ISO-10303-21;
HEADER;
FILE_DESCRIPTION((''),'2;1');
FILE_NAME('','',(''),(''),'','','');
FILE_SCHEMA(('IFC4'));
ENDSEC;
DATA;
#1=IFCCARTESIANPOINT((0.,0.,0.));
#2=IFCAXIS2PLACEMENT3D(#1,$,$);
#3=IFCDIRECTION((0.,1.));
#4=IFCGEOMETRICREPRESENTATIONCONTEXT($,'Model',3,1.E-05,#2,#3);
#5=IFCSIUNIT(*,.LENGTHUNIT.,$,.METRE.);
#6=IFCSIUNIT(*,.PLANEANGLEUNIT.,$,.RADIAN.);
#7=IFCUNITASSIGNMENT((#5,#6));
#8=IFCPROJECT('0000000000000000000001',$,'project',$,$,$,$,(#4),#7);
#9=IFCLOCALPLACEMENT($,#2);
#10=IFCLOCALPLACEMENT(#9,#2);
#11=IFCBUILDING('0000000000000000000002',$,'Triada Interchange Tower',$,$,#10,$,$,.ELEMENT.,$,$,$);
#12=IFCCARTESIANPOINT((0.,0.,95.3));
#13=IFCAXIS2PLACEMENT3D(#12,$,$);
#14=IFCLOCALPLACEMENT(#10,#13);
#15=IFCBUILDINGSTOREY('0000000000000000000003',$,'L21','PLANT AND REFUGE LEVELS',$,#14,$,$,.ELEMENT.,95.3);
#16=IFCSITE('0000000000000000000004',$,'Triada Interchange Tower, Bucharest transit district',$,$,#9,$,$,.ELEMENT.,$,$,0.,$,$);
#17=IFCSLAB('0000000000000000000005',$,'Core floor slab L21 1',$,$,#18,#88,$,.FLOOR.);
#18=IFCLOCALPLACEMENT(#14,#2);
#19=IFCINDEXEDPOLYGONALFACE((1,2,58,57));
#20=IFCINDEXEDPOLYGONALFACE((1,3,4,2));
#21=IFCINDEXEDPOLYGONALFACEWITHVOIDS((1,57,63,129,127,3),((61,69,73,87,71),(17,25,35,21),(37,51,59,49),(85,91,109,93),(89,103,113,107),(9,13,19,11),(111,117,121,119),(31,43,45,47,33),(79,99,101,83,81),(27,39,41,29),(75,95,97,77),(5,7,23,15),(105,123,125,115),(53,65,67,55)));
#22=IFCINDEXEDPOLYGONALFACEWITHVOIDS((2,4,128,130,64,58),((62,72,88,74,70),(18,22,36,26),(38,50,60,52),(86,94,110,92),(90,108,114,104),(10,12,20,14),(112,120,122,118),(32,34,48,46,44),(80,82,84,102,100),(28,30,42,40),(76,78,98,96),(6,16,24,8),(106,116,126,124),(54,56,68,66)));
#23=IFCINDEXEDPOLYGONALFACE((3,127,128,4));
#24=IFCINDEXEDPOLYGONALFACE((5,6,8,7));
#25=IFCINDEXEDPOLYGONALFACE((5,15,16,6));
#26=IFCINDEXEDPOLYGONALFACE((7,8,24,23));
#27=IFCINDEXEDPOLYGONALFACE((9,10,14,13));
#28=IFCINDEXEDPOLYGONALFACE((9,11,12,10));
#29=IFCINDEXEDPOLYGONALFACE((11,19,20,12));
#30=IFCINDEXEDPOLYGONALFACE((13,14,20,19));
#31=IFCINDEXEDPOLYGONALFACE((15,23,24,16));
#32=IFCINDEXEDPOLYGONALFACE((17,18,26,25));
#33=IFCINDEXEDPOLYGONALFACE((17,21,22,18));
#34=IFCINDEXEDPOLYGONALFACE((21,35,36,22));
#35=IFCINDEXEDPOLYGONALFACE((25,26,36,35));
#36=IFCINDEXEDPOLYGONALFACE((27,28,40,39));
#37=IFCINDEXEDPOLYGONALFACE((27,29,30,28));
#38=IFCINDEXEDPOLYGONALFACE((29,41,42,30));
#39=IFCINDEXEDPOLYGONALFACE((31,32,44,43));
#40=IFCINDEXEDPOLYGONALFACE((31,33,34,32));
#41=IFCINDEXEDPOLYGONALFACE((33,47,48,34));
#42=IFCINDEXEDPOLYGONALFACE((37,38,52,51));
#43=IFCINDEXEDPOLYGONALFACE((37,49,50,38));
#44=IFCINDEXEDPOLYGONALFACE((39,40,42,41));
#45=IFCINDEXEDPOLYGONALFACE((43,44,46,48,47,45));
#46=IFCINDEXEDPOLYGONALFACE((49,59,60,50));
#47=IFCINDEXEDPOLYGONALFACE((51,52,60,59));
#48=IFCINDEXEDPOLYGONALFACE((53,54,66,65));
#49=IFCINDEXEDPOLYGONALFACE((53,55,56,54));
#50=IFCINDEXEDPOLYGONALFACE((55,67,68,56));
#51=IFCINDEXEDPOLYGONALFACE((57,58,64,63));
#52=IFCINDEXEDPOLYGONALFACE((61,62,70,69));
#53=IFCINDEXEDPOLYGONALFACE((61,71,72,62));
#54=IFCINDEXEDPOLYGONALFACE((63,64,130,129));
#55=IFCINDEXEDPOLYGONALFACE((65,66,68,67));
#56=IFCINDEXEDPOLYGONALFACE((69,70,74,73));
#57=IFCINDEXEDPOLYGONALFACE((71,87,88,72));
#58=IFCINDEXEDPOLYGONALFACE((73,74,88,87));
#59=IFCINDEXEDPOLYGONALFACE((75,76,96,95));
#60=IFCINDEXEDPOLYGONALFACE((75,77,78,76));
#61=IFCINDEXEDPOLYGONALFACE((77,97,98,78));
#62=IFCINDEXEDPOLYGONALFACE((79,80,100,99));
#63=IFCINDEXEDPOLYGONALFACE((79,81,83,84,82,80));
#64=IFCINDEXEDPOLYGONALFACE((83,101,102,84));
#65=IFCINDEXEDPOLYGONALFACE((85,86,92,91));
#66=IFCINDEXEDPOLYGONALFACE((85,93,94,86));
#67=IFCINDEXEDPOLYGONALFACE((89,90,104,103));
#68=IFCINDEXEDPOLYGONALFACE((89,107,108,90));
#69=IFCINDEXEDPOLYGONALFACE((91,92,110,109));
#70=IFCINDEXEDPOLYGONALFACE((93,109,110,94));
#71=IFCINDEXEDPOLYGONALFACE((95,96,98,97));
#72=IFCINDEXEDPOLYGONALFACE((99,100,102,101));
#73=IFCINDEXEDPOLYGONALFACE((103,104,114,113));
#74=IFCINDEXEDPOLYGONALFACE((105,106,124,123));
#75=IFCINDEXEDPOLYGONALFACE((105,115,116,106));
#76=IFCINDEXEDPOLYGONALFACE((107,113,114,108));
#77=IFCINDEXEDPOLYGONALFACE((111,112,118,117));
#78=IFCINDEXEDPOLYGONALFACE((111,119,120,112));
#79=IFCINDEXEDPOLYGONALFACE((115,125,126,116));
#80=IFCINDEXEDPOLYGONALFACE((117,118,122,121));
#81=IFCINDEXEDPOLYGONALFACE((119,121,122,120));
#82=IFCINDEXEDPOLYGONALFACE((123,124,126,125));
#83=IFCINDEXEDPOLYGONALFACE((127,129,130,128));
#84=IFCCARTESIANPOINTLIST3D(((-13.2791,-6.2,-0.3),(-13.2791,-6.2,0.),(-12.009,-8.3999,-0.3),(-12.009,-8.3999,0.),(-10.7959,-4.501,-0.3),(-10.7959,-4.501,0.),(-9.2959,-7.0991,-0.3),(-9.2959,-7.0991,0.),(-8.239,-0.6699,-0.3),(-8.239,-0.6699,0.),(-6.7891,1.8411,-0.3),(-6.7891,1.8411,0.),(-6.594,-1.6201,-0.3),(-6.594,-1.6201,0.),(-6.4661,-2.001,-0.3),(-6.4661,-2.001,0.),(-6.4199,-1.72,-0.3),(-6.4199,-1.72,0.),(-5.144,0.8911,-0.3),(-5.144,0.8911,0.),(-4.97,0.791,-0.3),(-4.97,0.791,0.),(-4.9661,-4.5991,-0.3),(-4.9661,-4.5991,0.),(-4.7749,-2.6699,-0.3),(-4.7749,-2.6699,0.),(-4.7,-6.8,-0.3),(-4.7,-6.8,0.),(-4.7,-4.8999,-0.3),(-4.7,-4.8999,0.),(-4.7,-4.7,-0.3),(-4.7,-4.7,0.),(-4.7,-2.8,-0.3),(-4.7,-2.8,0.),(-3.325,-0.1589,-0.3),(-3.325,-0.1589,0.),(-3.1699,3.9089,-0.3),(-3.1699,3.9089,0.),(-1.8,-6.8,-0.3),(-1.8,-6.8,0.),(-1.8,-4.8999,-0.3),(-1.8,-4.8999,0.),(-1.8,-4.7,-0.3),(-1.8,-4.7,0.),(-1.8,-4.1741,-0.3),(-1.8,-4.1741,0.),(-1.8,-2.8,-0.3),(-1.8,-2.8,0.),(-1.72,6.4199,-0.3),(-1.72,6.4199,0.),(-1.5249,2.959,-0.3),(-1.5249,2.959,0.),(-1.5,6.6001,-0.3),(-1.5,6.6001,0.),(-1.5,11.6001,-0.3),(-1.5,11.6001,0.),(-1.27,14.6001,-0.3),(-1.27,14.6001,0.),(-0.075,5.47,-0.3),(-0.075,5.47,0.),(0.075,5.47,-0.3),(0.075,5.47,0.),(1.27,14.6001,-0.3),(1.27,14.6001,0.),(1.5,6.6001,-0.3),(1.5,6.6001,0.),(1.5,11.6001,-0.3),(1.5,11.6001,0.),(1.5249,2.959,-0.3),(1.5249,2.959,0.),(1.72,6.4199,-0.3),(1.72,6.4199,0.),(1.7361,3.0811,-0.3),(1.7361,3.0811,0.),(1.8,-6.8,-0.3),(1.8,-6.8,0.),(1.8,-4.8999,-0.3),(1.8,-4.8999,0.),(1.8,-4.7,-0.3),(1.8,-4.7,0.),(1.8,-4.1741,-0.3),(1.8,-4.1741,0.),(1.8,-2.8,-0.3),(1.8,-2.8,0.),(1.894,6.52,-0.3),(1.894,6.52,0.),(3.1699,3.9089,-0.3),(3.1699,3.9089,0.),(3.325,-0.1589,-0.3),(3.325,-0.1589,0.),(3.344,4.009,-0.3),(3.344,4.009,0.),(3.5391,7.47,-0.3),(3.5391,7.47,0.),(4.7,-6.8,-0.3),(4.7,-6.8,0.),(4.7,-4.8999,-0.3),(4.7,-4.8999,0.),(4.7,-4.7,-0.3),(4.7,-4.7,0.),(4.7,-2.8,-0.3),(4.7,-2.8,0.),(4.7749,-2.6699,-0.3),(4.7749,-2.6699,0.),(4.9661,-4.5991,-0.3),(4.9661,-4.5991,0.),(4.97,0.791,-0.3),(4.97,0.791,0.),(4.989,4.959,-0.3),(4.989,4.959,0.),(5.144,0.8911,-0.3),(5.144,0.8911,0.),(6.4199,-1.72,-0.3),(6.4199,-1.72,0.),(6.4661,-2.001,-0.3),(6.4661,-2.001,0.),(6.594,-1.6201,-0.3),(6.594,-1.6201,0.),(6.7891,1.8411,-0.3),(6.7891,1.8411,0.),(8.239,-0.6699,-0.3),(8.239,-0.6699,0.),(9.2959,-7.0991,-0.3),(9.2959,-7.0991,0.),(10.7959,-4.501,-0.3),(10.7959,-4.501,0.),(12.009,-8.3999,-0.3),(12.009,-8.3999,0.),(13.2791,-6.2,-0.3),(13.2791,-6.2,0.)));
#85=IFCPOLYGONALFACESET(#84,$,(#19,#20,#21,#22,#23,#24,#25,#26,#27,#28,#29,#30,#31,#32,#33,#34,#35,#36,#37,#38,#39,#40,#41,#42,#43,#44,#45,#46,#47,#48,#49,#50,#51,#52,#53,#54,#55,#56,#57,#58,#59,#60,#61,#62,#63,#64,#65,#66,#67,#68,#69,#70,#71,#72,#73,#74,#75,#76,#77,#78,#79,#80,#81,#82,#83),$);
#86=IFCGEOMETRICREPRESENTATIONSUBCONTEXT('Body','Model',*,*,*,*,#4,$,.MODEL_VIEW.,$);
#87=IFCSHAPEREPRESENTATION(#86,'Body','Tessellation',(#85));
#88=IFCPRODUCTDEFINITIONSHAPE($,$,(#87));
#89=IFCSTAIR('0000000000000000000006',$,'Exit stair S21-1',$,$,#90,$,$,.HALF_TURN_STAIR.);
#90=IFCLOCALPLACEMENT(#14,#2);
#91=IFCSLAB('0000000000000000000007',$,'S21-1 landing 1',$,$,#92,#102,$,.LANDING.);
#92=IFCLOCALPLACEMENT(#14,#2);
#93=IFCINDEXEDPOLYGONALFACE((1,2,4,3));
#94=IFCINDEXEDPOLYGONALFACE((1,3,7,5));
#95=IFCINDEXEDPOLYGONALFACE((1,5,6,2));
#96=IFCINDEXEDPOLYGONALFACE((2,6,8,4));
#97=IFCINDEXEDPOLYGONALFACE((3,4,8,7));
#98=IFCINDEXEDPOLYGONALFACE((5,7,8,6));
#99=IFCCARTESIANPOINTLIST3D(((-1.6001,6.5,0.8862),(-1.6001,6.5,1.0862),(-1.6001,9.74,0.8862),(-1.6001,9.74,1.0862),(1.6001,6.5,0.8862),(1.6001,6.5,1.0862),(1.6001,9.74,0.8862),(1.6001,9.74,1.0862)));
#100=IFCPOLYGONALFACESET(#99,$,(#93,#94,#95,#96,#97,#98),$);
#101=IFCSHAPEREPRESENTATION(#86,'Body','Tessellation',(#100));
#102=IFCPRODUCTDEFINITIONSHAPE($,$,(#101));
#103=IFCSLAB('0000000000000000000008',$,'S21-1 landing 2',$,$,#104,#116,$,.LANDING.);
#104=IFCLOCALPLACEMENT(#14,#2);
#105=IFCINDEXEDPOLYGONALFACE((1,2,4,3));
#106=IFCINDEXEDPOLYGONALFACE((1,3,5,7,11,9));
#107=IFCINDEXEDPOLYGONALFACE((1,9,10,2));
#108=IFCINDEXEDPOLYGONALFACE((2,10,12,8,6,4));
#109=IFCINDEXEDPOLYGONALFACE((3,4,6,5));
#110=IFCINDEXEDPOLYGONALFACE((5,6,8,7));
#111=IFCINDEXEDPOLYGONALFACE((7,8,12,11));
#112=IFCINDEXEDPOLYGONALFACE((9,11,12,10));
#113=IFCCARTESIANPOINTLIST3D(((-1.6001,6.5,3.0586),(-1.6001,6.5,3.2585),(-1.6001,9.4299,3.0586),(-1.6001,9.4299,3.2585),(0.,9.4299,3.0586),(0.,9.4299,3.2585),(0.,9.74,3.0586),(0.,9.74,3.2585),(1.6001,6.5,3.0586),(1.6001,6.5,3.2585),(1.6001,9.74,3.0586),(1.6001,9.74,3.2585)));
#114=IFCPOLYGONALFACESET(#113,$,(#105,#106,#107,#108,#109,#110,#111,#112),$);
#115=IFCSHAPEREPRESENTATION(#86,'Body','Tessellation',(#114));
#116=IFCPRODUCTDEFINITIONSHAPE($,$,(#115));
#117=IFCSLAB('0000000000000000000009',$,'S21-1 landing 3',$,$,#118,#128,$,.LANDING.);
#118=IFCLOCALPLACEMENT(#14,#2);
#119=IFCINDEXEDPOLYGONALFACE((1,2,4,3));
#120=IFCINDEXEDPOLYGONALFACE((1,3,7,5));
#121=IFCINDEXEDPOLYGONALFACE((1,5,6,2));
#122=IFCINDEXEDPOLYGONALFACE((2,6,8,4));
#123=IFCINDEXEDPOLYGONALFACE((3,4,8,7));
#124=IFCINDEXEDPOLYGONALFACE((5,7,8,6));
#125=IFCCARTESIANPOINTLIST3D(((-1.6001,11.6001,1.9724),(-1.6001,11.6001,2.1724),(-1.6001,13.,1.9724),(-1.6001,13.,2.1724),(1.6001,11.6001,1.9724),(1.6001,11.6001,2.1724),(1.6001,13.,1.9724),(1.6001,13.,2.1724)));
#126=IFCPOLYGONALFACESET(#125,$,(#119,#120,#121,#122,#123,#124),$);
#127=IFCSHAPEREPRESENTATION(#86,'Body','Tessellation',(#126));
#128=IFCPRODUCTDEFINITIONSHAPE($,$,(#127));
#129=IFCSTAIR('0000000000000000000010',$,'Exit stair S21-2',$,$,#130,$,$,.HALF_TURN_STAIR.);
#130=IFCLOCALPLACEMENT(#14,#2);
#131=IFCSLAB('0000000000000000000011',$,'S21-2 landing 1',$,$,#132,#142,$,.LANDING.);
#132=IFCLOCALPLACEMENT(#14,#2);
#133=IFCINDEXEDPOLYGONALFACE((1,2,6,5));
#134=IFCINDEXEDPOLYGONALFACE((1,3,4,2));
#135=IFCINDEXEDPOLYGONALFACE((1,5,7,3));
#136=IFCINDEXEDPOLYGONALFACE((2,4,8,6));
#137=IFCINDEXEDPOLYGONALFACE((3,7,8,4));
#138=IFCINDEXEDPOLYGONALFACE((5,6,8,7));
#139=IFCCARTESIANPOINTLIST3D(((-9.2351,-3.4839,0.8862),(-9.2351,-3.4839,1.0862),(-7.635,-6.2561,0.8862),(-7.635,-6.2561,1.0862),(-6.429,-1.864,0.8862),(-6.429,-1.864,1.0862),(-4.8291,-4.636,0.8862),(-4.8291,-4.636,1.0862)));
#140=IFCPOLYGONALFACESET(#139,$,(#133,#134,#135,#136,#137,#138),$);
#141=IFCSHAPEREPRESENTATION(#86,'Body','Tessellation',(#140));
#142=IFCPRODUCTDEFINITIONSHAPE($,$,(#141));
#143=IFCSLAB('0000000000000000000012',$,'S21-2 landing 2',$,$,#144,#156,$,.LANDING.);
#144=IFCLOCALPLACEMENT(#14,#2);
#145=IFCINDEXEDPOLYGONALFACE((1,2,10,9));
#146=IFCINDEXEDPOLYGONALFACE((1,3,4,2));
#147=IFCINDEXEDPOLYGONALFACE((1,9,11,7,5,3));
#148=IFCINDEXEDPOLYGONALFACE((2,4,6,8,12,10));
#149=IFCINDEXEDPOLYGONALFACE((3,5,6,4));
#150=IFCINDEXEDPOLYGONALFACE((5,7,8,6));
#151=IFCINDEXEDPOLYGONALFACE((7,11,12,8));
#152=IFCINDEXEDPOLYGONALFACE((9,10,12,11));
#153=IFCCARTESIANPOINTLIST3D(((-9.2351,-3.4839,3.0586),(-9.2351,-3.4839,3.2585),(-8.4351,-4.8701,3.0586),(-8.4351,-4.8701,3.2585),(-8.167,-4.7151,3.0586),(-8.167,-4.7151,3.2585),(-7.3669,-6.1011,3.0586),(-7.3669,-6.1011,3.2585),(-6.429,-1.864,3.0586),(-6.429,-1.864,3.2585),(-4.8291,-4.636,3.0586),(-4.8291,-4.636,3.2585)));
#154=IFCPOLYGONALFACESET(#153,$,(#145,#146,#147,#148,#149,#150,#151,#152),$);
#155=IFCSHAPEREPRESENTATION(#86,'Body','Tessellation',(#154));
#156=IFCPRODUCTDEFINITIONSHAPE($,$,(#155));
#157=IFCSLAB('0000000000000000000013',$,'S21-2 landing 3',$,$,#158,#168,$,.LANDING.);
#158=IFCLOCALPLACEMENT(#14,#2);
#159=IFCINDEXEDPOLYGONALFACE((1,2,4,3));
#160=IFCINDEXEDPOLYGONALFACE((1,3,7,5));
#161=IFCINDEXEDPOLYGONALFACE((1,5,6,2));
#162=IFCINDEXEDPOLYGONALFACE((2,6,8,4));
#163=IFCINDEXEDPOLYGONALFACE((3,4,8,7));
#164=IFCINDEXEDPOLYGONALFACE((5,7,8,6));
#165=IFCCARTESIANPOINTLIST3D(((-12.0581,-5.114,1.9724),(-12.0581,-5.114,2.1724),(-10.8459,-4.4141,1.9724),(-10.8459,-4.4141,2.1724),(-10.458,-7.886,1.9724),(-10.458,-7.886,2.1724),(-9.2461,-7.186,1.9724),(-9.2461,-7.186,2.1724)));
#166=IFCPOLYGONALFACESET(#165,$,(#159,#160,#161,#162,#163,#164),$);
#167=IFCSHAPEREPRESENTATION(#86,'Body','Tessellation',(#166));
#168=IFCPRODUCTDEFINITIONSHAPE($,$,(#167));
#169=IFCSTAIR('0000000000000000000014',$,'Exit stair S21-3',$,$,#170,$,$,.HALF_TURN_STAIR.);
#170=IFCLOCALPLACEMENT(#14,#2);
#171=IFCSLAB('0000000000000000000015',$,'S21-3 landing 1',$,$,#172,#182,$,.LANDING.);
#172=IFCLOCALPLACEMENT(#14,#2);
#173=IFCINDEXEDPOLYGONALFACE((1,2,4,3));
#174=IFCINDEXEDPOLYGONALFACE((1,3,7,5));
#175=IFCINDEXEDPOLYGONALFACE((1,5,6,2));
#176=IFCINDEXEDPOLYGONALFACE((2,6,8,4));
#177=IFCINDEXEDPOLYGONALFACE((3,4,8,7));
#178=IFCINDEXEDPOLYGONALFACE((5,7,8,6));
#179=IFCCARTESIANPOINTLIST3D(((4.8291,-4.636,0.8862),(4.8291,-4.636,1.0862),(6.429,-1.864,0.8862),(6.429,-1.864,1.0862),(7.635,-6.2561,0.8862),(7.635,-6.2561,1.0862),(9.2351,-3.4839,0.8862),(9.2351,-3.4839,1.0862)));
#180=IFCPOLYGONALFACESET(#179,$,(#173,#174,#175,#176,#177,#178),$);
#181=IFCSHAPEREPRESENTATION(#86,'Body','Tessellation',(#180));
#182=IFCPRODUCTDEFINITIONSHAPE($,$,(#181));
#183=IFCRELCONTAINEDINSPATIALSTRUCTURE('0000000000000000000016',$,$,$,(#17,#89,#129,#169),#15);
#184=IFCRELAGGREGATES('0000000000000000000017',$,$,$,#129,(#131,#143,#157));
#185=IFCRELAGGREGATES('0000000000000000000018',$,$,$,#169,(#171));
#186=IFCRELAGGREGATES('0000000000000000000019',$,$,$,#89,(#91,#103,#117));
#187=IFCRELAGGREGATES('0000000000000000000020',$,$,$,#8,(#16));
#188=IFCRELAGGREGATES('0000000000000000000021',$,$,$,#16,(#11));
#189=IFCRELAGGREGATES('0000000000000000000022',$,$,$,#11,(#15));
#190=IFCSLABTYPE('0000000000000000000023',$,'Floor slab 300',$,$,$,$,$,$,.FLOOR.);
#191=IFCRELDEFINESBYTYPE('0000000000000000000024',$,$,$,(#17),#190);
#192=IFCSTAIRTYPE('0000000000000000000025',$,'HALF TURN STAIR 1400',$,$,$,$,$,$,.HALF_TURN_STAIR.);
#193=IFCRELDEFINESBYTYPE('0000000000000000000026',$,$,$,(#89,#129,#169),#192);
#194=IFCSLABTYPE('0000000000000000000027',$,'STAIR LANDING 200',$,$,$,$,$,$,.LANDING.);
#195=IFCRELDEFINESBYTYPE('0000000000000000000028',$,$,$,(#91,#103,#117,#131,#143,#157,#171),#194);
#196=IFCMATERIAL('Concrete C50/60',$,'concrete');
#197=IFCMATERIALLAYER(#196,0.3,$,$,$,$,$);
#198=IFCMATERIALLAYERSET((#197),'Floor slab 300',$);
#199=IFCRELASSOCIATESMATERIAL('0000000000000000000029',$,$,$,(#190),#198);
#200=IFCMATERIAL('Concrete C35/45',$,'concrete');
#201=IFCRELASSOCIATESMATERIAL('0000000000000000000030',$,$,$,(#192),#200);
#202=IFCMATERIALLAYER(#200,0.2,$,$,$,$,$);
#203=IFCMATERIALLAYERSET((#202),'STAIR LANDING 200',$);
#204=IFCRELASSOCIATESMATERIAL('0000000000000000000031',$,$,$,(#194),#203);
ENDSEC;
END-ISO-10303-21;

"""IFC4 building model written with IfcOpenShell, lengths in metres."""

from ifc_helpers import new_model, si_unit, direction, frame, origin, place, context, subcontext, project, spatial, polyline, outline, extrude, material, layer, layer_set, type_object, element, aggregate, save


model = new_model("IFC4")

# Units and contexts
model_context = context("Model", 3, precision=1e-05, world=origin(), true_north=direction((0.0, 1.0)))
body_context = subcontext(model_context, "Body", "Model", "MODEL_VIEW")
ifc_project = project(units=[si_unit("LENGTHUNIT", "METRE"), si_unit("PLANEANGLEUNIT", "RADIAN")], contexts=[model_context])

# Site, building, storey
site_placement = place(None, origin())
site = spatial("IfcSite", under=ifc_project, at=site_placement, Name="Triada Interchange Tower, Bucharest transit district", CompositionType="ELEMENT", RefElevation=0.0)
building_placement = place(site_placement, origin())
building = spatial("IfcBuilding", under=site, at=building_placement, Name="Triada Interchange Tower", CompositionType="ELEMENT")
storey_placement = place(building_placement, frame((0.0, 0.0, 95.3)))
storey = spatial("IfcBuildingStorey", under=building, at=storey_placement, Name="L21", Description="PLANT AND REFUGE LEVELS", CompositionType="ELEMENT", Elevation=95.3)

# Slab
ifc_material_1 = material(Name="Concrete C50/60", Category="concrete")
ifc_layer_1 = layer(ifc_material_1, 0.3)
ifc_layer_set_1 = layer_set([ifc_layer_1], Name="Floor slab 300")
slab_type_1 = type_object("IfcSlabType", Name="Floor slab 300", PredefinedType="FLOOR", material=ifc_layer_set_1)
slab_1_placement = place(storey_placement, frame((0.0, 0.0, -0.3)))
element("IfcSlab", 1, at=slab_1_placement, inside=storey, type_object=slab_type_1, Name="Core floor slab L21 1", PredefinedType="FLOOR", context=body_context, shape_type="SweptSolid", body=[
    extrude(outline(polyline([(13.2791, -6.2), (12.009, -8.3999), (-12.009, -8.3999), (-13.2791, -6.2), (-1.27, 14.6001), (1.27, 14.6001), (13.2791, -6.2)]), holes=[polyline([(9.2959, -7.0991), (10.7959, -4.501), (6.4661, -2.001), (4.9661, -4.5991), (9.2959, -7.0991)]), polyline([(6.7891, 1.8411), (5.144, 0.8911), (6.594, -1.6201), (8.239, -0.6699), (6.7891, 1.8411)]), polyline([(4.97, 0.791), (3.325, -0.1589), (4.7749, -2.6699), (6.4199, -1.72), (4.97, 0.791)]), polyline([(1.894, 6.52), (3.344, 4.009), (4.989, 4.959), (3.5391, 7.47), (1.894, 6.52)]), polyline([(1.8, -4.8999), (1.8, -6.8), (4.7, -6.8), (4.7, -4.8999), (1.8, -4.8999)]), polyline([(1.8, -2.8), (1.8, -4.1741), (1.8, -4.7), (4.7, -4.7), (4.7, -2.8), (1.8, -2.8)]), polyline([(1.5249, 2.959), (1.7361, 3.0811), (3.1699, 3.9089), (1.72, 6.4199), (0.075, 5.47), (1.5249, 2.959)]), polyline([(1.5, 11.6001), (-1.5, 11.6001), (-1.5, 6.6001), (1.5, 6.6001), (1.5, 11.6001)]), polyline([(-1.5249, 2.959), (-0.075, 5.47), (-1.72, 6.4199), (-3.1699, 3.9089), (-1.5249, 2.959)]), polyline([(-4.7, -2.8), (-4.7, -4.7), (-1.8, -4.7), (-1.8, -4.1741), (-1.8, -2.8), (-4.7, -2.8)]), polyline([(-4.7, -4.8999), (-4.7, -6.8), (-1.8, -6.8), (-1.8, -4.8999), (-4.7, -4.8999)]), polyline([(-4.7749, -2.6699), (-3.325, -0.1589), (-4.97, 0.791), (-6.4199, -1.72), (-4.7749, -2.6699)]), polyline([(-10.7959, -4.501), (-9.2959, -7.0991), (-4.9661, -4.5991), (-6.4661, -2.001), (-10.7959, -4.501)]), polyline([(-6.594, -1.6201), (-5.144, 0.8911), (-6.7891, 1.8411), (-8.239, -0.6699), (-6.594, -1.6201)])]), origin(), (0.0, 0.0, 1.0), 0.3),
])

# Stairs, slabs
ifc_material_2 = material(Name="Concrete C35/45", Category="concrete")
stair_type = type_object("IfcStairType", Name="HALF TURN STAIR 1400", PredefinedType="HALF_TURN_STAIR", material=ifc_material_2)
stair_1_placement = place(storey_placement, origin())
stair_1 = element("IfcStair", 2, at=stair_1_placement, inside=storey, type_object=stair_type, Name="Exit stair S21-1", PredefinedType="HALF_TURN_STAIR")
ifc_layer_2 = layer(ifc_material_2, 0.2)
ifc_layer_set_2 = layer_set([ifc_layer_2], Name="STAIR LANDING 200")
slab_type_2 = type_object("IfcSlabType", Name="STAIR LANDING 200", PredefinedType="LANDING", material=ifc_layer_set_2)
slab_2_placement = place(storey_placement, frame((0.0, 0.0, 0.8862)))
slab_2 = element("IfcSlab", 3, at=slab_2_placement, type_object=slab_type_2, Name="S21-1 landing 1", PredefinedType="LANDING", context=body_context, shape_type="SweptSolid", body=[
    extrude(outline(polyline([(1.6001, 6.5), (1.6001, 9.74), (-1.6001, 9.74), (-1.6001, 6.5), (1.6001, 6.5)])), origin(), (0.0, 0.0, 1.0), 0.2),
])
slab_3_placement = place(storey_placement, frame((0.0, 0.0, 3.0586)))
slab_3 = element("IfcSlab", 4, at=slab_3_placement, type_object=slab_type_2, Name="S21-1 landing 2", PredefinedType="LANDING", context=body_context, shape_type="SweptSolid", body=[
    extrude(outline(polyline([(1.6001, 6.5), (1.6001, 9.74), (0.0, 9.74), (0.0, 9.4299), (-1.6001, 9.4299), (-1.6001, 6.5), (1.6001, 6.5)])), origin(), (0.0, 0.0, 1.0), 0.2),
])
slab_4_placement = place(storey_placement, frame((0.0, 0.0, 1.9724)))
slab_4 = element("IfcSlab", 5, at=slab_4_placement, type_object=slab_type_2, Name="S21-1 landing 3", PredefinedType="LANDING", context=body_context, shape_type="SweptSolid", body=[
    extrude(outline(polyline([(1.6001, 11.6001), (1.6001, 13.0), (-1.6001, 13.0), (-1.6001, 11.6001), (1.6001, 11.6001)])), origin(), (0.0, 0.0, 1.0), 0.2),
])
stair_2_placement = place(storey_placement, origin())
stair_2 = element("IfcStair", 6, at=stair_2_placement, inside=storey, type_object=stair_type, Name="Exit stair S21-2", PredefinedType="HALF_TURN_STAIR")
slab_5_placement = place(storey_placement, frame((0.0, 0.0, 0.8862)))
slab_5 = element("IfcSlab", 7, at=slab_5_placement, type_object=slab_type_2, Name="S21-2 landing 1", PredefinedType="LANDING", context=body_context, shape_type="SweptSolid", body=[
    extrude(outline(polyline([(-6.429, -1.864), (-9.2351, -3.4839), (-7.635, -6.2561), (-4.8291, -4.636), (-6.429, -1.864)])), origin(), (0.0, 0.0, 1.0), 0.2),
])
slab_6_placement = place(storey_placement, frame((0.0, 0.0, 3.0586)))
slab_6 = element("IfcSlab", 8, at=slab_6_placement, type_object=slab_type_2, Name="S21-2 landing 2", PredefinedType="LANDING", context=body_context, shape_type="SweptSolid", body=[
    extrude(outline(polyline([(-6.429, -1.864), (-9.2351, -3.4839), (-8.4351, -4.8701), (-8.167, -4.7151), (-7.3669, -6.1011), (-4.8291, -4.636), (-6.429, -1.864)])), origin(), (0.0, 0.0, 1.0), 0.2),
])
slab_7_placement = place(storey_placement, frame((0.0, 0.0, 1.9724)))
slab_7 = element("IfcSlab", 9, at=slab_7_placement, type_object=slab_type_2, Name="S21-2 landing 3", PredefinedType="LANDING", context=body_context, shape_type="SweptSolid", body=[
    extrude(outline(polyline([(-10.8459, -4.4141), (-12.0581, -5.114), (-10.458, -7.886), (-9.2461, -7.186), (-10.8459, -4.4141)])), origin(), (0.0, 0.0, 1.0), 0.2),
])
aggregate(stair_2, [slab_5, slab_6, slab_7])
stair_3_placement = place(storey_placement, origin())
stair_3 = element("IfcStair", 10, at=stair_3_placement, inside=storey, type_object=stair_type, Name="Exit stair S21-3", PredefinedType="HALF_TURN_STAIR")
slab_8_placement = place(storey_placement, frame((0.0, 0.0, 0.8862)))
slab_8 = element("IfcSlab", 11, at=slab_8_placement, type_object=slab_type_2, Name="S21-3 landing 1", PredefinedType="LANDING", context=body_context, shape_type="SweptSolid", body=[
    extrude(outline(polyline([(4.8291, -4.636), (7.635, -6.2561), (9.2351, -3.4839), (6.429, -1.864), (4.8291, -4.636)])), origin(), (0.0, 0.0, 1.0), 0.2),
])
aggregate(stair_3, [slab_8])

aggregate(stair_1, [slab_2, slab_3, slab_4])

save(model, "model.ifc")
